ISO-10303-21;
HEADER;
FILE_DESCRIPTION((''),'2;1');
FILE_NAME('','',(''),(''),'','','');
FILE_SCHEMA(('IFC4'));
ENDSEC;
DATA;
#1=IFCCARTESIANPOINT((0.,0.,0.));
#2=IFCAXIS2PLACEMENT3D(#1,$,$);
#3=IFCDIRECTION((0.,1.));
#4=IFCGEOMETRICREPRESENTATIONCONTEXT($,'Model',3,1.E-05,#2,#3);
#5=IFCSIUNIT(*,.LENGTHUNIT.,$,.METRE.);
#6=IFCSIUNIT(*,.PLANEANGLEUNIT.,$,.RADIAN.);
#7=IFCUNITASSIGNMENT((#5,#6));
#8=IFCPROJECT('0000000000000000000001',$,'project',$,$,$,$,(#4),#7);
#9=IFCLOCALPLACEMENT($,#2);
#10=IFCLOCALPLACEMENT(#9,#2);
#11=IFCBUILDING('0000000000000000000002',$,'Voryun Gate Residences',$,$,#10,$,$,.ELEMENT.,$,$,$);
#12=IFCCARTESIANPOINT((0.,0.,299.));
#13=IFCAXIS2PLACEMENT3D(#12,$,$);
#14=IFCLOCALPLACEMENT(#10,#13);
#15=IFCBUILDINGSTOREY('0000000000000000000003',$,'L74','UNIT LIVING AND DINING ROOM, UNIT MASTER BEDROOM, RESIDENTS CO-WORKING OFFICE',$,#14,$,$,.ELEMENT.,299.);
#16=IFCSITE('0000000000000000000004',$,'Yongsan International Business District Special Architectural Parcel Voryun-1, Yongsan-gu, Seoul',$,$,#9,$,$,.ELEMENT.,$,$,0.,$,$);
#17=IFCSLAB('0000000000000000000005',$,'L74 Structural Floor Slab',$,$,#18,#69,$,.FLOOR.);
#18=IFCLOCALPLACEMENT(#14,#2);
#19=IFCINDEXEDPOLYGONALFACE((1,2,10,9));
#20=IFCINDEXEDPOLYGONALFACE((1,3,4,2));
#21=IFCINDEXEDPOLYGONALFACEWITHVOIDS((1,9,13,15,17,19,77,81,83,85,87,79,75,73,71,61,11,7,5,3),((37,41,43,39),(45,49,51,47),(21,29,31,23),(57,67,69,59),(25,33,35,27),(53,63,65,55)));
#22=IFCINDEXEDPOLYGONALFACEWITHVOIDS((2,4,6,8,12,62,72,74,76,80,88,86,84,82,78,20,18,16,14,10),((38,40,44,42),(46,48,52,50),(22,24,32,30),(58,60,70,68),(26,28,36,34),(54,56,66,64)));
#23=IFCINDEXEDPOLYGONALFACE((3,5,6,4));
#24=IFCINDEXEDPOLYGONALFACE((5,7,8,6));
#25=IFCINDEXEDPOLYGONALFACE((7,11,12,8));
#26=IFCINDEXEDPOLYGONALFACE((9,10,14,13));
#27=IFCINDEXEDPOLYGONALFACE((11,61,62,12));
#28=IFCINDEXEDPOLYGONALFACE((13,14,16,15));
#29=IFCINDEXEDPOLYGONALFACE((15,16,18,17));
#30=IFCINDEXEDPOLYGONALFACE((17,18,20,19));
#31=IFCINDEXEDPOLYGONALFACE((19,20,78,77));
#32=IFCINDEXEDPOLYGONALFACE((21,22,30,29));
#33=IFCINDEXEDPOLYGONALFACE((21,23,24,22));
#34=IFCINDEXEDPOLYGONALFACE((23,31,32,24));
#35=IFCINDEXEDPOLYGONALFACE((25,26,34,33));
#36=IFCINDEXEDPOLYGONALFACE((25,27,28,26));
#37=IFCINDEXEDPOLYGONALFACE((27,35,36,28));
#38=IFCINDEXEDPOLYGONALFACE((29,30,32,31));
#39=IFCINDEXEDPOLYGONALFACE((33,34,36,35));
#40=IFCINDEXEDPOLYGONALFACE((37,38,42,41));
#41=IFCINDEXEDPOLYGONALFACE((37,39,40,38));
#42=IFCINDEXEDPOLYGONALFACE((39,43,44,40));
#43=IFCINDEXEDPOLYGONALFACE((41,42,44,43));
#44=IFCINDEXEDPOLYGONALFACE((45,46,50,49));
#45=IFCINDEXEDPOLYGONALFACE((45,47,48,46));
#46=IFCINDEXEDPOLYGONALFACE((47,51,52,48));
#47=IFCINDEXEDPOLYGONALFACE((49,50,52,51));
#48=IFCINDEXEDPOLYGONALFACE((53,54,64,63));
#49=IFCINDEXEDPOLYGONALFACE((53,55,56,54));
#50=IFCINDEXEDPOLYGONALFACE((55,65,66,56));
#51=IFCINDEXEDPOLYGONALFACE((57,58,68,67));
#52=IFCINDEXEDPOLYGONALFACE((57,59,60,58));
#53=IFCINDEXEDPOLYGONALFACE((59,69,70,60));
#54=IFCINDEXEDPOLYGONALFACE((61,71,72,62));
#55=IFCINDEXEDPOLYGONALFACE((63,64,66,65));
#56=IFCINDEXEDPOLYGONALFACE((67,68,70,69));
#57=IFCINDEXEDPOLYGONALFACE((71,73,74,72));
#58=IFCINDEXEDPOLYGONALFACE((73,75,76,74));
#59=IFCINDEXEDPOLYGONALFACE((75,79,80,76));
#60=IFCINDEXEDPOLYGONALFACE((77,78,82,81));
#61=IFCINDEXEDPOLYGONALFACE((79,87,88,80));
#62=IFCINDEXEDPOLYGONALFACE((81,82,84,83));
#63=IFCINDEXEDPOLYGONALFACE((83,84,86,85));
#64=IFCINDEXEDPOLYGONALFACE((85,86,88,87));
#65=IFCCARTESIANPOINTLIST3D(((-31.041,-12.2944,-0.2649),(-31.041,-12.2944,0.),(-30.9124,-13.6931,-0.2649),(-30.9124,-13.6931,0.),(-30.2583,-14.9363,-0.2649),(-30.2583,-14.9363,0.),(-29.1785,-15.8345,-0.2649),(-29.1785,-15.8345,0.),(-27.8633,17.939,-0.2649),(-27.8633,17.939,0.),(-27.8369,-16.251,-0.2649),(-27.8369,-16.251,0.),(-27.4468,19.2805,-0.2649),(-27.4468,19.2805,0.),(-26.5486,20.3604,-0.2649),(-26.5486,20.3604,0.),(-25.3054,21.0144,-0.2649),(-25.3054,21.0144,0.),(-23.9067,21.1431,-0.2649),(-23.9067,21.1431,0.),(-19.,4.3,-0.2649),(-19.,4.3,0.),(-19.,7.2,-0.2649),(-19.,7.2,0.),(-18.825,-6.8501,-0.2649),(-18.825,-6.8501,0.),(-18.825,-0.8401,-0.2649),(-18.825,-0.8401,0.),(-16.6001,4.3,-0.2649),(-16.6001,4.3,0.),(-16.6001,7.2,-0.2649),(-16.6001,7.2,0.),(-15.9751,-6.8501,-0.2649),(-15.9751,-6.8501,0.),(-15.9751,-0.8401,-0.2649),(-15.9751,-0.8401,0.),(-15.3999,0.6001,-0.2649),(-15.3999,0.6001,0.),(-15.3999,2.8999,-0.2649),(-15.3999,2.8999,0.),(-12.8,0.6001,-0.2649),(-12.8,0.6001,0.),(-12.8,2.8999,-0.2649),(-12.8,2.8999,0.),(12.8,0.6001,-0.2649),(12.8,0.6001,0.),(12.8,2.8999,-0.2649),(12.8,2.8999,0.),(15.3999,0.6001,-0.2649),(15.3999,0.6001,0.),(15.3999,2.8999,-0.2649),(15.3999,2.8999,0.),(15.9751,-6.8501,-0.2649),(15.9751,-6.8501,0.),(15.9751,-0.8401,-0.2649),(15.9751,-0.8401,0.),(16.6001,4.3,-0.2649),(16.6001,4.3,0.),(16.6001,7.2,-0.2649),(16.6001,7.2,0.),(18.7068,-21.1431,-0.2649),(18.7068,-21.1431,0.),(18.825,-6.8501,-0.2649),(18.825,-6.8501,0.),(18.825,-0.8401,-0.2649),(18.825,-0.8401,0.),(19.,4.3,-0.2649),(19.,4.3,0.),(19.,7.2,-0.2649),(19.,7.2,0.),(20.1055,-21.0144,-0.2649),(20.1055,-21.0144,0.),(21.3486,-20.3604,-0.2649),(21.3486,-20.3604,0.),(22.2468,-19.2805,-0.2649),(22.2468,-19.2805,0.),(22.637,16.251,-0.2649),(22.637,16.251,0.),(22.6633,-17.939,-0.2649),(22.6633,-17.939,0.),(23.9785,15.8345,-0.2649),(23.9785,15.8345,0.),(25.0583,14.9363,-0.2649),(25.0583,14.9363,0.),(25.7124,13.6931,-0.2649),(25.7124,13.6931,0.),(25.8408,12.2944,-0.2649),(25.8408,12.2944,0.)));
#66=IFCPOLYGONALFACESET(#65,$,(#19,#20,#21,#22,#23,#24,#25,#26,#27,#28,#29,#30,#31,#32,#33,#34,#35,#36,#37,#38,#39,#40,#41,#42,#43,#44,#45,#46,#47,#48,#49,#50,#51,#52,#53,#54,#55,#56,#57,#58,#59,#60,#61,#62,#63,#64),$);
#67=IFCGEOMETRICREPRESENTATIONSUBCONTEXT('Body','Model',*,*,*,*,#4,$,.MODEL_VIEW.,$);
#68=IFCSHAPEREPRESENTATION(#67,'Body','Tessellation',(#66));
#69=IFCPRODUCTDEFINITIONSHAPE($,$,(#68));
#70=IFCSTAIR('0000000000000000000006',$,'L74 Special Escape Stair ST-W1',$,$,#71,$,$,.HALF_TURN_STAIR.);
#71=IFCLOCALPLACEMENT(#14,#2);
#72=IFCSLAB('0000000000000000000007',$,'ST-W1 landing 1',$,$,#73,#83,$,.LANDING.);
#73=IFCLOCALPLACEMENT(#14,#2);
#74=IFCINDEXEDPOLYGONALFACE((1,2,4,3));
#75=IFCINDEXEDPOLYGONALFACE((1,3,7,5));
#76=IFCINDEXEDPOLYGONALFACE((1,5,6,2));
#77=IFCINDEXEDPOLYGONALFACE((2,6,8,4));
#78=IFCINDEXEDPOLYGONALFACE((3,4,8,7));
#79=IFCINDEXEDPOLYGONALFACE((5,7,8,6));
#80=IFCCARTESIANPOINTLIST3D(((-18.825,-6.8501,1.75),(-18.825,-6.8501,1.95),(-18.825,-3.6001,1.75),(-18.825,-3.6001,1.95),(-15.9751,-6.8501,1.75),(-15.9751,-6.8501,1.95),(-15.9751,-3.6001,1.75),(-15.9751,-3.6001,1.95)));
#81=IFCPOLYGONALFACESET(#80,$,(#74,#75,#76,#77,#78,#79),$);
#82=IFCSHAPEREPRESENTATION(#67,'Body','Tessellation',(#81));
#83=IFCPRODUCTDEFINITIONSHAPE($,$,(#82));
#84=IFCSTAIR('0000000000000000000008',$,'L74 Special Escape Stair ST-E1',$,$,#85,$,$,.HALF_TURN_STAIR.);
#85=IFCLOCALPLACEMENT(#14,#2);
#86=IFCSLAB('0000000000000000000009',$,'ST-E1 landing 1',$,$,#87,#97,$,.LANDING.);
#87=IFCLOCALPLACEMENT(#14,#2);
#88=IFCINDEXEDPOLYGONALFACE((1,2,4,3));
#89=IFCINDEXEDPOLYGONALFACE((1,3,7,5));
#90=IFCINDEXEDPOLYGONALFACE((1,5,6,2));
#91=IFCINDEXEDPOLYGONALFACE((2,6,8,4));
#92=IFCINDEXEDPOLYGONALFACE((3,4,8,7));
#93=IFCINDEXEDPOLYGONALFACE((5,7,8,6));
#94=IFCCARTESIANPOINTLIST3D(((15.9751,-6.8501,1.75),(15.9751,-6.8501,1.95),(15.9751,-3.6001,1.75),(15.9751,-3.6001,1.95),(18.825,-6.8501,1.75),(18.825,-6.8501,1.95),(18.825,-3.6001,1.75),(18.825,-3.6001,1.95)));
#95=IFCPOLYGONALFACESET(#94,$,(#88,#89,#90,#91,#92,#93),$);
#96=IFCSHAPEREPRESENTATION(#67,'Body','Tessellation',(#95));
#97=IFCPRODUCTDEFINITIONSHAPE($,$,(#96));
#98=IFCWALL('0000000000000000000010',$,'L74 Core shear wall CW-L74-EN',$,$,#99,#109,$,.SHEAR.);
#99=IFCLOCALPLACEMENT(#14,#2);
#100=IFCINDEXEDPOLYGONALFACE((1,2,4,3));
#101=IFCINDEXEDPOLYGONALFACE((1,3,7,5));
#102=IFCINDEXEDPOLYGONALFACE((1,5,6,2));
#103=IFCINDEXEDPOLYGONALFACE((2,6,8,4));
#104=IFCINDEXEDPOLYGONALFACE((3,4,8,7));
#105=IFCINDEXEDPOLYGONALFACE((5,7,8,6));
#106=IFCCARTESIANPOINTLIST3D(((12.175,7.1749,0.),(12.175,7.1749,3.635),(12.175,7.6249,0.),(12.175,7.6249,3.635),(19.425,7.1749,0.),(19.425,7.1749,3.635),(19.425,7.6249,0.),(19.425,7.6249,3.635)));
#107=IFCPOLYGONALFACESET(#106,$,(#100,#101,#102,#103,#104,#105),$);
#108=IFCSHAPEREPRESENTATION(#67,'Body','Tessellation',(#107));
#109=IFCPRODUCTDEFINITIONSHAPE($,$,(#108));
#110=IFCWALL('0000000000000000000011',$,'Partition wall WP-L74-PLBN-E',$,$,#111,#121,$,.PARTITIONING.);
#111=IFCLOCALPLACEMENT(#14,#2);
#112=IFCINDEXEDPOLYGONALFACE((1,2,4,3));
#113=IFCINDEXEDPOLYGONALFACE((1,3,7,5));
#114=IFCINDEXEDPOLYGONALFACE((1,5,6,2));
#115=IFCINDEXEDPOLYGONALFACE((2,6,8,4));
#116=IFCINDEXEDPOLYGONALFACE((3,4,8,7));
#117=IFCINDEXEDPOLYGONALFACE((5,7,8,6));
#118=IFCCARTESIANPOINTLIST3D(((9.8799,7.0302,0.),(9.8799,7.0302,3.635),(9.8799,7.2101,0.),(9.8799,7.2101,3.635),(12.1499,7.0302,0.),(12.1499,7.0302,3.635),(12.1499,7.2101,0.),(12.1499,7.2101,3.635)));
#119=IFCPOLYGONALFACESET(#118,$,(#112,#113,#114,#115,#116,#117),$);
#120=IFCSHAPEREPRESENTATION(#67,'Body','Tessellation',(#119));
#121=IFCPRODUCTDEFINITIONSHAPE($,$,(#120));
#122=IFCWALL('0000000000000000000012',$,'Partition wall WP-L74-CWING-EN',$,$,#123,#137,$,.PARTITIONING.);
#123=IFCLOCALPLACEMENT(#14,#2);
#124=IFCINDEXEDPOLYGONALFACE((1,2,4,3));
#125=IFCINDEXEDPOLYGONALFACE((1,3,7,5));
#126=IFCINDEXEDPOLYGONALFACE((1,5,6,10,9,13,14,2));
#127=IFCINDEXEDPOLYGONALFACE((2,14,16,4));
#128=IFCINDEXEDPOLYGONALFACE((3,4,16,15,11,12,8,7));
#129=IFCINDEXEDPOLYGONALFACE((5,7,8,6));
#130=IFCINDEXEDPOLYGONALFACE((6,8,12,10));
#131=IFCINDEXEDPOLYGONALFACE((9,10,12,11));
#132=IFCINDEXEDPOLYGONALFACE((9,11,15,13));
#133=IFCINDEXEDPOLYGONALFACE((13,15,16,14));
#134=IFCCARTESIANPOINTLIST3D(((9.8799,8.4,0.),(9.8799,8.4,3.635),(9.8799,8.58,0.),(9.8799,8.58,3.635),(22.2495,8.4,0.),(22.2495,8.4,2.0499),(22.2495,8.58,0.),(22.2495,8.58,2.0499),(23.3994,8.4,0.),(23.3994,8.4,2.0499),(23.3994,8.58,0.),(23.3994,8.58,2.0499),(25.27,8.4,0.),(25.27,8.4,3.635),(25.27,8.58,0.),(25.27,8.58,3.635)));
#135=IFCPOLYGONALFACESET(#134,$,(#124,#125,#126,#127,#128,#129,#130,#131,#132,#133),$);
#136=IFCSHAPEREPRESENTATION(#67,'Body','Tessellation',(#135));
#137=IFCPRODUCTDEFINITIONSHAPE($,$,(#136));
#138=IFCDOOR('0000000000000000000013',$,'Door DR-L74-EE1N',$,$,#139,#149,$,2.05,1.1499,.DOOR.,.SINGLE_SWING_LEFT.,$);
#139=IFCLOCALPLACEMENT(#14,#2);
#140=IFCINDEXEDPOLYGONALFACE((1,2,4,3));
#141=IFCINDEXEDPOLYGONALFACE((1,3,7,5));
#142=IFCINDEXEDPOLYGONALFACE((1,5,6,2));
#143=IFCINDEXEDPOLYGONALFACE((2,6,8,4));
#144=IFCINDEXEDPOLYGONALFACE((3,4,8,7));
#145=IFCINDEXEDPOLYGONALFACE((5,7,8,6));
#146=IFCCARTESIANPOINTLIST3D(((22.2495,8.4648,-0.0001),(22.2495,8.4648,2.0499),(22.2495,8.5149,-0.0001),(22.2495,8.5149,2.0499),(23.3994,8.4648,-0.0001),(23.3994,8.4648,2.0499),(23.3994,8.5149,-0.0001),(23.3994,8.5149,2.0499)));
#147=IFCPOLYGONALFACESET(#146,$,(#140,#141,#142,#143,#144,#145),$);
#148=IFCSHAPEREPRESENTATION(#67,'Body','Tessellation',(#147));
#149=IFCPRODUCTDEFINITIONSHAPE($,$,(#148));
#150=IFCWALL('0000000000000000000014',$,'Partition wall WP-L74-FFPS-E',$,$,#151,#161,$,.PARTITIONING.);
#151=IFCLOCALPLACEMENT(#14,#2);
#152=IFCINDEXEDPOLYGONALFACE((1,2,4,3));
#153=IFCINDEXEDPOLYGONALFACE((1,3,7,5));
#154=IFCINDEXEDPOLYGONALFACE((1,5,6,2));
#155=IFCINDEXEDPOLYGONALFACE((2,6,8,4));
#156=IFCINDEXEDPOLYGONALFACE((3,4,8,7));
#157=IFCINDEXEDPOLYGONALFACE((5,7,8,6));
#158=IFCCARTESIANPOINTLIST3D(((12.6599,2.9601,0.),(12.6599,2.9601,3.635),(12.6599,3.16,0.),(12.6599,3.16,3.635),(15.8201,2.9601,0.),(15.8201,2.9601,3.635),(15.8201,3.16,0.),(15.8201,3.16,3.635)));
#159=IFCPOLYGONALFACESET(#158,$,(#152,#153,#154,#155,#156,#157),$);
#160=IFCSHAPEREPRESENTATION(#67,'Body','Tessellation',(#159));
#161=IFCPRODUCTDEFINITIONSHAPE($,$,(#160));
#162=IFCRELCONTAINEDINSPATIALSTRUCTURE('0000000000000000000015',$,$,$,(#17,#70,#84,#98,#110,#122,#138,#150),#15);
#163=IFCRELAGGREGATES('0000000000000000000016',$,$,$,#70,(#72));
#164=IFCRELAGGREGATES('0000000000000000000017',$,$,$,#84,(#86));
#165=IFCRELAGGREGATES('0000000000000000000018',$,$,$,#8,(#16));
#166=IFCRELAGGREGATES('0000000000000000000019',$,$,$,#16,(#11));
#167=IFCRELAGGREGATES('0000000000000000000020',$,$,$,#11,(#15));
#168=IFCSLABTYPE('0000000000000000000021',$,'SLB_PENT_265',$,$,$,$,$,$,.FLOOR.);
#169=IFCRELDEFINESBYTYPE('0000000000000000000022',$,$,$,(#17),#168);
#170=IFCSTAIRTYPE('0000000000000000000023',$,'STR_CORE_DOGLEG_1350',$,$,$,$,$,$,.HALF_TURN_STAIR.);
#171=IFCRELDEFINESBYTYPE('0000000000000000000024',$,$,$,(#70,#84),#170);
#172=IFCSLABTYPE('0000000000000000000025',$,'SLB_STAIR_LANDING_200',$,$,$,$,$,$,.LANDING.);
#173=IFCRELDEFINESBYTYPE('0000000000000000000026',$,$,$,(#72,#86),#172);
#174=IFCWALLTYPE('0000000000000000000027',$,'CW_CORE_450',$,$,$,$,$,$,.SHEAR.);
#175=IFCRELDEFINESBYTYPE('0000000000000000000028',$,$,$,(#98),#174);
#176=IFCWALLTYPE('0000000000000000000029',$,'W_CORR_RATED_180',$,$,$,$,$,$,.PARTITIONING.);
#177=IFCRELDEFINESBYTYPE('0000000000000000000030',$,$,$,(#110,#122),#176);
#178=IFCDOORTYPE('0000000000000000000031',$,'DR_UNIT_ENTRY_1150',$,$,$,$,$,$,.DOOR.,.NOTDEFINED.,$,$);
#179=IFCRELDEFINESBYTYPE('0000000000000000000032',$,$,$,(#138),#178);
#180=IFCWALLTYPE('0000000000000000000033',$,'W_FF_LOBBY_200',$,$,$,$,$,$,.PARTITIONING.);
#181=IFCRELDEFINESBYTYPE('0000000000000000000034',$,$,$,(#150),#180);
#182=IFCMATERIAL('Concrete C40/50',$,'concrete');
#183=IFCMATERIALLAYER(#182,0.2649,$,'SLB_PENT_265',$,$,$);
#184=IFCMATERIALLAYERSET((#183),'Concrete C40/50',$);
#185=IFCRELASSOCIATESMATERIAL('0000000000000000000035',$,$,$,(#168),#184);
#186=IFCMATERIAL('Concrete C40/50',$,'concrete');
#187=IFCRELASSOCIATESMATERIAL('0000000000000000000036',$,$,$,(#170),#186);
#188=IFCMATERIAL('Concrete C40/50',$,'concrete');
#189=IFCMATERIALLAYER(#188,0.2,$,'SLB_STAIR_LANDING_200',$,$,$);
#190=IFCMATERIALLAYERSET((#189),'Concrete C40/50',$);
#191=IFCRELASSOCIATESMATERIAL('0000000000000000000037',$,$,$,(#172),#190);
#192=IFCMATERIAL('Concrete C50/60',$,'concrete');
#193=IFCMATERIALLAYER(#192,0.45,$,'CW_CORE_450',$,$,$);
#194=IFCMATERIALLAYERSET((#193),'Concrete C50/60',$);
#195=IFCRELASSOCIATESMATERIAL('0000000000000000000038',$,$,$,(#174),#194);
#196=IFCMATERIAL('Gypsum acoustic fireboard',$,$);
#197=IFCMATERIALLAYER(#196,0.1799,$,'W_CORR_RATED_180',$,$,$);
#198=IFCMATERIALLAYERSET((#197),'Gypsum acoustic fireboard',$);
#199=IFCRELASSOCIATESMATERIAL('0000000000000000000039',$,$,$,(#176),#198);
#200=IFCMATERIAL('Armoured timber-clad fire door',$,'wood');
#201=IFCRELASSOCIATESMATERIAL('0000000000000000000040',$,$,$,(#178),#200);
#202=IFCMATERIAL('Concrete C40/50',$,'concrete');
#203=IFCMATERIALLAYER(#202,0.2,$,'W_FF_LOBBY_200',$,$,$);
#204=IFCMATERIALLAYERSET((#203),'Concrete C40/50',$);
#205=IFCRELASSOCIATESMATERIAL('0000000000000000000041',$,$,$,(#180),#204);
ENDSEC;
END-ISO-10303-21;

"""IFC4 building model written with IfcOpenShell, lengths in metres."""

from ifc_helpers import new_model, si_unit, direction, frame, frame_2d, origin, place, context, subcontext, project, spatial, polyline, rectangle, outline, extrude, material, layer, layer_set, type_object, element, fill, aggregate, save


model = new_model("IFC4")

# Units and contexts
model_context = context("Model", 3, precision=1e-05, world=origin(), true_north=direction((0.0, 1.0)))
body_context = subcontext(model_context, "Body", "Model", "MODEL_VIEW")
ifc_project = project(units=[si_unit("LENGTHUNIT", "METRE"), si_unit("PLANEANGLEUNIT", "RADIAN")], contexts=[model_context])

# Site, building, storey
site_placement = place(None, origin())
site = spatial("IfcSite", under=ifc_project, at=site_placement, Name="Yongsan International Business District Special Architectural Parcel Voryun-1, Yongsan-gu, Seoul", CompositionType="ELEMENT", RefElevation=0.0)
building_placement = place(site_placement, origin())
building = spatial("IfcBuilding", under=site, at=building_placement, Name="Voryun Gate Residences", CompositionType="ELEMENT")
storey_placement = place(building_placement, frame((0.0, 0.0, 299.0)))
storey = spatial("IfcBuildingStorey", under=building, at=storey_placement, Name="L74", Description="UNIT LIVING AND DINING ROOM, UNIT MASTER BEDROOM, RESIDENTS CO-WORKING OFFICE", CompositionType="ELEMENT", Elevation=299.0)

# Slab
ifc_material_1 = material(Name="Concrete C40/50", Category="concrete")
ifc_layer_1 = layer(ifc_material_1, 0.2649, Name="SLB_PENT_265")
ifc_layer_set_1 = layer_set([ifc_layer_1], Name="Concrete C40/50")
slab_type_1 = type_object("IfcSlabType", Name="SLB_PENT_265", PredefinedType="FLOOR", material=ifc_layer_set_1)
slab_1_placement = place(storey_placement, frame((0.0, 0.0, -0.2649)))
element("IfcSlab", 1, at=slab_1_placement, inside=storey, type_object=slab_type_1, Name="L74 Structural Floor Slab", PredefinedType="FLOOR", context=body_context, shape_type="SweptSolid", body=[
    extrude(outline(polyline([(-27.8369, -16.251), (-29.1785, -15.8345), (-30.2583, -14.9363), (-30.9124, -13.6931), (-31.041, -12.2944), (-27.8633, 17.939), (-27.4468, 19.2805), (-26.5486, 20.3604), (-25.3054, 21.0144), (-23.9067, 21.1431), (22.637, 16.251), (23.9785, 15.8345), (25.0583, 14.9363), (25.7124, 13.6931), (25.8408, 12.2944), (22.6633, -17.939), (22.2468, -19.2805), (21.3486, -20.3604), (20.1055, -21.0144), (18.7068, -21.1431), (-27.8369, -16.251)]), holes=[polyline([(-15.9751, -0.8401), (-18.825, -0.8401), (-18.825, -6.8501), (-15.9751, -6.8501), (-15.9751, -0.8401)]), polyline([(18.825, -6.8501), (18.825, -0.8401), (15.9751, -0.8401), (15.9751, -6.8501), (18.825, -6.8501)]), polyline([(-12.8, 2.8999), (-15.3999, 2.8999), (-15.3999, 0.6001), (-12.8, 0.6001), (-12.8, 2.8999)]), polyline([(12.8, 2.8999), (12.8, 0.6001), (15.3999, 0.6001), (15.3999, 2.8999), (12.8, 2.8999)]), polyline([(-16.6001, 7.2), (-19.0, 7.2), (-19.0, 4.3), (-16.6001, 4.3), (-16.6001, 7.2)]), polyline([(19.0, 7.2), (16.6001, 7.2), (16.6001, 4.3), (19.0, 4.3), (19.0, 7.2)])]), origin(), (0.0, 0.0, 1.0), 0.2649),
])

# Stairs, slabs
ifc_material_2 = material(Name="Concrete C40/50", Category="concrete")
stair_type = type_object("IfcStairType", Name="STR_CORE_DOGLEG_1350", PredefinedType="HALF_TURN_STAIR", material=ifc_material_2)
stair_1_placement = place(storey_placement, origin())
stair_1 = element("IfcStair", 2, at=stair_1_placement, inside=storey, type_object=stair_type, Name="L74 Special Escape Stair ST-W1", PredefinedType="HALF_TURN_STAIR")
ifc_material_3 = material(Name="Concrete C40/50", Category="concrete")
ifc_layer_2 = layer(ifc_material_3, 0.2, Name="SLB_STAIR_LANDING_200")
ifc_layer_set_2 = layer_set([ifc_layer_2], Name="Concrete C40/50")
slab_type_2 = type_object("IfcSlabType", Name="SLB_STAIR_LANDING_200", PredefinedType="LANDING", material=ifc_layer_set_2)
slab_2_placement = place(storey_placement, frame((0.0, 0.0, 1.75)))
slab_2 = element("IfcSlab", 3, at=slab_2_placement, type_object=slab_type_2, Name="ST-W1 landing 1", PredefinedType="LANDING", context=body_context, shape_type="SweptSolid", body=[
    extrude(outline(polyline([(-18.825, -3.6001), (-18.825, -6.8501), (-15.9751, -6.8501), (-15.9751, -3.6001), (-18.825, -3.6001)])), origin(), (0.0, 0.0, 1.0), 0.2),
])
aggregate(stair_1, [slab_2])
stair_2_placement = place(storey_placement, origin())
stair_2 = element("IfcStair", 4, at=stair_2_placement, inside=storey, type_object=stair_type, Name="L74 Special Escape Stair ST-E1", PredefinedType="HALF_TURN_STAIR")
slab_3_placement = place(storey_placement, frame((0.0, 0.0, 1.75)))
slab_3 = element("IfcSlab", 5, at=slab_3_placement, type_object=slab_type_2, Name="ST-E1 landing 1", PredefinedType="LANDING", context=body_context, shape_type="SweptSolid", body=[
    extrude(outline(polyline([(15.9751, -3.6001), (15.9751, -6.8501), (18.825, -6.8501), (18.825, -3.6001), (15.9751, -3.6001)])), origin(), (0.0, 0.0, 1.0), 0.2),
])
aggregate(stair_2, [slab_3])

# Walls
ifc_material_4 = material(Name="Concrete C50/60", Category="concrete")
ifc_layer_3 = layer(ifc_material_4, 0.45, Name="CW_CORE_450")
ifc_layer_set_3 = layer_set([ifc_layer_3], Name="Concrete C50/60")
wall_type_1 = type_object("IfcWallType", Name="CW_CORE_450", PredefinedType="SHEAR", material=ifc_layer_set_3)
wall_1_placement = place(storey_placement, frame((12.175, 7.3999, 0.0), z_axis=(0.0, 0.0, 1.0), x_axis=(1.0, 0.0, 0.0)))
element("IfcWall", 6, at=wall_1_placement, inside=storey, type_object=wall_type_1, Name="L74 Core shear wall CW-L74-EN", PredefinedType="SHEAR", context=body_context, shape_type="SweptSolid", body=[
    extrude(rectangle(XDim=7.25, YDim=0.45, at=frame_2d((3.625, 0.0))), origin(), (0.0, 0.0, 1.0), 3.635),
])
ifc_material_5 = material(Name="Gypsum acoustic fireboard")
ifc_layer_4 = layer(ifc_material_5, 0.1799, Name="W_CORR_RATED_180")
ifc_layer_set_4 = layer_set([ifc_layer_4], Name="Gypsum acoustic fireboard")
wall_type_2 = type_object("IfcWallType", Name="W_CORR_RATED_180", PredefinedType="PARTITIONING", material=ifc_layer_set_4)
wall_2_placement = place(storey_placement, frame((9.8799, 7.1201, 0.0), z_axis=(0.0, 0.0, 1.0), x_axis=(1.0, 0.0, 0.0)))
element("IfcWall", 7, at=wall_2_placement, inside=storey, type_object=wall_type_2, Name="Partition wall WP-L74-PLBN-E", PredefinedType="PARTITIONING", context=body_context, shape_type="SweptSolid", body=[
    extrude(rectangle(XDim=2.27, YDim=0.1799, at=frame_2d((1.135, 0.0))), origin(), (0.0, 0.0, 1.0), 3.635),
])

# Wall, opening, door
wall_3_placement = place(storey_placement, frame((9.8799, 8.49, 0.0), z_axis=(0.0, 0.0, 1.0), x_axis=(1.0, 0.0, 0.0)))
wall_3 = element("IfcWall", 8, at=wall_3_placement, inside=storey, type_object=wall_type_2, Name="Partition wall WP-L74-CWING-EN", PredefinedType="PARTITIONING", context=body_context, shape_type="SweptSolid", body=[
    extrude(rectangle(XDim=15.3901, YDim=0.1799, at=frame_2d((7.6951, 0.0))), origin(), (0.0, 0.0, 1.0), 3.635),
])
opening_1_placement = place(wall_3_placement, frame((12.3696, 0.0, 0.0)))
opening_1 = element("IfcOpeningElement", 9, at=opening_1_placement, cuts=wall_3, PredefinedType="OPENING", context=body_context, shape_type="SweptSolid", body=[
    extrude(rectangle(XDim=1.1499, YDim=2.05, at=frame_2d((0.575, 1.0249))), frame((0.0, 0.0999, 0.0), z_axis=(0.0, -1.0, 0.0), x_axis=(1.0, 0.0, 0.0)), (0.0, 0.0, 1.0), 0.2),
])
ifc_material_6 = material(Name="Armoured timber-clad fire door", Category="wood")
door_type_1 = type_object("IfcDoorType", Name="DR_UNIT_ENTRY_1150", OperationType="NOTDEFINED", PredefinedType="DOOR", material=ifc_material_6)
door_1_placement = place(opening_1_placement, origin())
door_1 = element("IfcDoor", 10, at=door_1_placement, inside=storey, type_object=door_type_1, Name="Door DR-L74-EE1N", OperationType="SINGLE_SWING_LEFT", OverallHeight=2.05, OverallWidth=1.1499, PredefinedType="DOOR", context=body_context, shape_type="SweptSolid", body=[
    extrude(rectangle(XDim=1.1499, YDim=2.05, at=frame_2d((0.575, 1.0249))), frame((0.0, 0.0249, 0.0), z_axis=(0.0, -1.0, 0.0), x_axis=(1.0, 0.0, 0.0)), (0.0, 0.0, 1.0), 0.05),
])
fill(opening_1, door_1)

# Wall
ifc_material_7 = material(Name="Concrete C40/50", Category="concrete")
ifc_layer_5 = layer(ifc_material_7, 0.2, Name="W_FF_LOBBY_200")
ifc_layer_set_5 = layer_set([ifc_layer_5], Name="Concrete C40/50")
wall_type_3 = type_object("IfcWallType", Name="W_FF_LOBBY_200", PredefinedType="PARTITIONING", material=ifc_layer_set_5)
wall_4_placement = place(storey_placement, frame((12.6599, 3.0601, 0.0), z_axis=(0.0, 0.0, 1.0), x_axis=(1.0, 0.0, 0.0)))
element("IfcWall", 11, at=wall_4_placement, inside=storey, type_object=wall_type_3, Name="Partition wall WP-L74-FFPS-E", PredefinedType="PARTITIONING", context=body_context, shape_type="SweptSolid", body=[
    extrude(rectangle(XDim=3.1602, YDim=0.2, at=frame_2d((1.5801, 0.0))), origin(), (0.0, 0.0, 1.0), 3.635),
])

save(model, "model.ifc")
